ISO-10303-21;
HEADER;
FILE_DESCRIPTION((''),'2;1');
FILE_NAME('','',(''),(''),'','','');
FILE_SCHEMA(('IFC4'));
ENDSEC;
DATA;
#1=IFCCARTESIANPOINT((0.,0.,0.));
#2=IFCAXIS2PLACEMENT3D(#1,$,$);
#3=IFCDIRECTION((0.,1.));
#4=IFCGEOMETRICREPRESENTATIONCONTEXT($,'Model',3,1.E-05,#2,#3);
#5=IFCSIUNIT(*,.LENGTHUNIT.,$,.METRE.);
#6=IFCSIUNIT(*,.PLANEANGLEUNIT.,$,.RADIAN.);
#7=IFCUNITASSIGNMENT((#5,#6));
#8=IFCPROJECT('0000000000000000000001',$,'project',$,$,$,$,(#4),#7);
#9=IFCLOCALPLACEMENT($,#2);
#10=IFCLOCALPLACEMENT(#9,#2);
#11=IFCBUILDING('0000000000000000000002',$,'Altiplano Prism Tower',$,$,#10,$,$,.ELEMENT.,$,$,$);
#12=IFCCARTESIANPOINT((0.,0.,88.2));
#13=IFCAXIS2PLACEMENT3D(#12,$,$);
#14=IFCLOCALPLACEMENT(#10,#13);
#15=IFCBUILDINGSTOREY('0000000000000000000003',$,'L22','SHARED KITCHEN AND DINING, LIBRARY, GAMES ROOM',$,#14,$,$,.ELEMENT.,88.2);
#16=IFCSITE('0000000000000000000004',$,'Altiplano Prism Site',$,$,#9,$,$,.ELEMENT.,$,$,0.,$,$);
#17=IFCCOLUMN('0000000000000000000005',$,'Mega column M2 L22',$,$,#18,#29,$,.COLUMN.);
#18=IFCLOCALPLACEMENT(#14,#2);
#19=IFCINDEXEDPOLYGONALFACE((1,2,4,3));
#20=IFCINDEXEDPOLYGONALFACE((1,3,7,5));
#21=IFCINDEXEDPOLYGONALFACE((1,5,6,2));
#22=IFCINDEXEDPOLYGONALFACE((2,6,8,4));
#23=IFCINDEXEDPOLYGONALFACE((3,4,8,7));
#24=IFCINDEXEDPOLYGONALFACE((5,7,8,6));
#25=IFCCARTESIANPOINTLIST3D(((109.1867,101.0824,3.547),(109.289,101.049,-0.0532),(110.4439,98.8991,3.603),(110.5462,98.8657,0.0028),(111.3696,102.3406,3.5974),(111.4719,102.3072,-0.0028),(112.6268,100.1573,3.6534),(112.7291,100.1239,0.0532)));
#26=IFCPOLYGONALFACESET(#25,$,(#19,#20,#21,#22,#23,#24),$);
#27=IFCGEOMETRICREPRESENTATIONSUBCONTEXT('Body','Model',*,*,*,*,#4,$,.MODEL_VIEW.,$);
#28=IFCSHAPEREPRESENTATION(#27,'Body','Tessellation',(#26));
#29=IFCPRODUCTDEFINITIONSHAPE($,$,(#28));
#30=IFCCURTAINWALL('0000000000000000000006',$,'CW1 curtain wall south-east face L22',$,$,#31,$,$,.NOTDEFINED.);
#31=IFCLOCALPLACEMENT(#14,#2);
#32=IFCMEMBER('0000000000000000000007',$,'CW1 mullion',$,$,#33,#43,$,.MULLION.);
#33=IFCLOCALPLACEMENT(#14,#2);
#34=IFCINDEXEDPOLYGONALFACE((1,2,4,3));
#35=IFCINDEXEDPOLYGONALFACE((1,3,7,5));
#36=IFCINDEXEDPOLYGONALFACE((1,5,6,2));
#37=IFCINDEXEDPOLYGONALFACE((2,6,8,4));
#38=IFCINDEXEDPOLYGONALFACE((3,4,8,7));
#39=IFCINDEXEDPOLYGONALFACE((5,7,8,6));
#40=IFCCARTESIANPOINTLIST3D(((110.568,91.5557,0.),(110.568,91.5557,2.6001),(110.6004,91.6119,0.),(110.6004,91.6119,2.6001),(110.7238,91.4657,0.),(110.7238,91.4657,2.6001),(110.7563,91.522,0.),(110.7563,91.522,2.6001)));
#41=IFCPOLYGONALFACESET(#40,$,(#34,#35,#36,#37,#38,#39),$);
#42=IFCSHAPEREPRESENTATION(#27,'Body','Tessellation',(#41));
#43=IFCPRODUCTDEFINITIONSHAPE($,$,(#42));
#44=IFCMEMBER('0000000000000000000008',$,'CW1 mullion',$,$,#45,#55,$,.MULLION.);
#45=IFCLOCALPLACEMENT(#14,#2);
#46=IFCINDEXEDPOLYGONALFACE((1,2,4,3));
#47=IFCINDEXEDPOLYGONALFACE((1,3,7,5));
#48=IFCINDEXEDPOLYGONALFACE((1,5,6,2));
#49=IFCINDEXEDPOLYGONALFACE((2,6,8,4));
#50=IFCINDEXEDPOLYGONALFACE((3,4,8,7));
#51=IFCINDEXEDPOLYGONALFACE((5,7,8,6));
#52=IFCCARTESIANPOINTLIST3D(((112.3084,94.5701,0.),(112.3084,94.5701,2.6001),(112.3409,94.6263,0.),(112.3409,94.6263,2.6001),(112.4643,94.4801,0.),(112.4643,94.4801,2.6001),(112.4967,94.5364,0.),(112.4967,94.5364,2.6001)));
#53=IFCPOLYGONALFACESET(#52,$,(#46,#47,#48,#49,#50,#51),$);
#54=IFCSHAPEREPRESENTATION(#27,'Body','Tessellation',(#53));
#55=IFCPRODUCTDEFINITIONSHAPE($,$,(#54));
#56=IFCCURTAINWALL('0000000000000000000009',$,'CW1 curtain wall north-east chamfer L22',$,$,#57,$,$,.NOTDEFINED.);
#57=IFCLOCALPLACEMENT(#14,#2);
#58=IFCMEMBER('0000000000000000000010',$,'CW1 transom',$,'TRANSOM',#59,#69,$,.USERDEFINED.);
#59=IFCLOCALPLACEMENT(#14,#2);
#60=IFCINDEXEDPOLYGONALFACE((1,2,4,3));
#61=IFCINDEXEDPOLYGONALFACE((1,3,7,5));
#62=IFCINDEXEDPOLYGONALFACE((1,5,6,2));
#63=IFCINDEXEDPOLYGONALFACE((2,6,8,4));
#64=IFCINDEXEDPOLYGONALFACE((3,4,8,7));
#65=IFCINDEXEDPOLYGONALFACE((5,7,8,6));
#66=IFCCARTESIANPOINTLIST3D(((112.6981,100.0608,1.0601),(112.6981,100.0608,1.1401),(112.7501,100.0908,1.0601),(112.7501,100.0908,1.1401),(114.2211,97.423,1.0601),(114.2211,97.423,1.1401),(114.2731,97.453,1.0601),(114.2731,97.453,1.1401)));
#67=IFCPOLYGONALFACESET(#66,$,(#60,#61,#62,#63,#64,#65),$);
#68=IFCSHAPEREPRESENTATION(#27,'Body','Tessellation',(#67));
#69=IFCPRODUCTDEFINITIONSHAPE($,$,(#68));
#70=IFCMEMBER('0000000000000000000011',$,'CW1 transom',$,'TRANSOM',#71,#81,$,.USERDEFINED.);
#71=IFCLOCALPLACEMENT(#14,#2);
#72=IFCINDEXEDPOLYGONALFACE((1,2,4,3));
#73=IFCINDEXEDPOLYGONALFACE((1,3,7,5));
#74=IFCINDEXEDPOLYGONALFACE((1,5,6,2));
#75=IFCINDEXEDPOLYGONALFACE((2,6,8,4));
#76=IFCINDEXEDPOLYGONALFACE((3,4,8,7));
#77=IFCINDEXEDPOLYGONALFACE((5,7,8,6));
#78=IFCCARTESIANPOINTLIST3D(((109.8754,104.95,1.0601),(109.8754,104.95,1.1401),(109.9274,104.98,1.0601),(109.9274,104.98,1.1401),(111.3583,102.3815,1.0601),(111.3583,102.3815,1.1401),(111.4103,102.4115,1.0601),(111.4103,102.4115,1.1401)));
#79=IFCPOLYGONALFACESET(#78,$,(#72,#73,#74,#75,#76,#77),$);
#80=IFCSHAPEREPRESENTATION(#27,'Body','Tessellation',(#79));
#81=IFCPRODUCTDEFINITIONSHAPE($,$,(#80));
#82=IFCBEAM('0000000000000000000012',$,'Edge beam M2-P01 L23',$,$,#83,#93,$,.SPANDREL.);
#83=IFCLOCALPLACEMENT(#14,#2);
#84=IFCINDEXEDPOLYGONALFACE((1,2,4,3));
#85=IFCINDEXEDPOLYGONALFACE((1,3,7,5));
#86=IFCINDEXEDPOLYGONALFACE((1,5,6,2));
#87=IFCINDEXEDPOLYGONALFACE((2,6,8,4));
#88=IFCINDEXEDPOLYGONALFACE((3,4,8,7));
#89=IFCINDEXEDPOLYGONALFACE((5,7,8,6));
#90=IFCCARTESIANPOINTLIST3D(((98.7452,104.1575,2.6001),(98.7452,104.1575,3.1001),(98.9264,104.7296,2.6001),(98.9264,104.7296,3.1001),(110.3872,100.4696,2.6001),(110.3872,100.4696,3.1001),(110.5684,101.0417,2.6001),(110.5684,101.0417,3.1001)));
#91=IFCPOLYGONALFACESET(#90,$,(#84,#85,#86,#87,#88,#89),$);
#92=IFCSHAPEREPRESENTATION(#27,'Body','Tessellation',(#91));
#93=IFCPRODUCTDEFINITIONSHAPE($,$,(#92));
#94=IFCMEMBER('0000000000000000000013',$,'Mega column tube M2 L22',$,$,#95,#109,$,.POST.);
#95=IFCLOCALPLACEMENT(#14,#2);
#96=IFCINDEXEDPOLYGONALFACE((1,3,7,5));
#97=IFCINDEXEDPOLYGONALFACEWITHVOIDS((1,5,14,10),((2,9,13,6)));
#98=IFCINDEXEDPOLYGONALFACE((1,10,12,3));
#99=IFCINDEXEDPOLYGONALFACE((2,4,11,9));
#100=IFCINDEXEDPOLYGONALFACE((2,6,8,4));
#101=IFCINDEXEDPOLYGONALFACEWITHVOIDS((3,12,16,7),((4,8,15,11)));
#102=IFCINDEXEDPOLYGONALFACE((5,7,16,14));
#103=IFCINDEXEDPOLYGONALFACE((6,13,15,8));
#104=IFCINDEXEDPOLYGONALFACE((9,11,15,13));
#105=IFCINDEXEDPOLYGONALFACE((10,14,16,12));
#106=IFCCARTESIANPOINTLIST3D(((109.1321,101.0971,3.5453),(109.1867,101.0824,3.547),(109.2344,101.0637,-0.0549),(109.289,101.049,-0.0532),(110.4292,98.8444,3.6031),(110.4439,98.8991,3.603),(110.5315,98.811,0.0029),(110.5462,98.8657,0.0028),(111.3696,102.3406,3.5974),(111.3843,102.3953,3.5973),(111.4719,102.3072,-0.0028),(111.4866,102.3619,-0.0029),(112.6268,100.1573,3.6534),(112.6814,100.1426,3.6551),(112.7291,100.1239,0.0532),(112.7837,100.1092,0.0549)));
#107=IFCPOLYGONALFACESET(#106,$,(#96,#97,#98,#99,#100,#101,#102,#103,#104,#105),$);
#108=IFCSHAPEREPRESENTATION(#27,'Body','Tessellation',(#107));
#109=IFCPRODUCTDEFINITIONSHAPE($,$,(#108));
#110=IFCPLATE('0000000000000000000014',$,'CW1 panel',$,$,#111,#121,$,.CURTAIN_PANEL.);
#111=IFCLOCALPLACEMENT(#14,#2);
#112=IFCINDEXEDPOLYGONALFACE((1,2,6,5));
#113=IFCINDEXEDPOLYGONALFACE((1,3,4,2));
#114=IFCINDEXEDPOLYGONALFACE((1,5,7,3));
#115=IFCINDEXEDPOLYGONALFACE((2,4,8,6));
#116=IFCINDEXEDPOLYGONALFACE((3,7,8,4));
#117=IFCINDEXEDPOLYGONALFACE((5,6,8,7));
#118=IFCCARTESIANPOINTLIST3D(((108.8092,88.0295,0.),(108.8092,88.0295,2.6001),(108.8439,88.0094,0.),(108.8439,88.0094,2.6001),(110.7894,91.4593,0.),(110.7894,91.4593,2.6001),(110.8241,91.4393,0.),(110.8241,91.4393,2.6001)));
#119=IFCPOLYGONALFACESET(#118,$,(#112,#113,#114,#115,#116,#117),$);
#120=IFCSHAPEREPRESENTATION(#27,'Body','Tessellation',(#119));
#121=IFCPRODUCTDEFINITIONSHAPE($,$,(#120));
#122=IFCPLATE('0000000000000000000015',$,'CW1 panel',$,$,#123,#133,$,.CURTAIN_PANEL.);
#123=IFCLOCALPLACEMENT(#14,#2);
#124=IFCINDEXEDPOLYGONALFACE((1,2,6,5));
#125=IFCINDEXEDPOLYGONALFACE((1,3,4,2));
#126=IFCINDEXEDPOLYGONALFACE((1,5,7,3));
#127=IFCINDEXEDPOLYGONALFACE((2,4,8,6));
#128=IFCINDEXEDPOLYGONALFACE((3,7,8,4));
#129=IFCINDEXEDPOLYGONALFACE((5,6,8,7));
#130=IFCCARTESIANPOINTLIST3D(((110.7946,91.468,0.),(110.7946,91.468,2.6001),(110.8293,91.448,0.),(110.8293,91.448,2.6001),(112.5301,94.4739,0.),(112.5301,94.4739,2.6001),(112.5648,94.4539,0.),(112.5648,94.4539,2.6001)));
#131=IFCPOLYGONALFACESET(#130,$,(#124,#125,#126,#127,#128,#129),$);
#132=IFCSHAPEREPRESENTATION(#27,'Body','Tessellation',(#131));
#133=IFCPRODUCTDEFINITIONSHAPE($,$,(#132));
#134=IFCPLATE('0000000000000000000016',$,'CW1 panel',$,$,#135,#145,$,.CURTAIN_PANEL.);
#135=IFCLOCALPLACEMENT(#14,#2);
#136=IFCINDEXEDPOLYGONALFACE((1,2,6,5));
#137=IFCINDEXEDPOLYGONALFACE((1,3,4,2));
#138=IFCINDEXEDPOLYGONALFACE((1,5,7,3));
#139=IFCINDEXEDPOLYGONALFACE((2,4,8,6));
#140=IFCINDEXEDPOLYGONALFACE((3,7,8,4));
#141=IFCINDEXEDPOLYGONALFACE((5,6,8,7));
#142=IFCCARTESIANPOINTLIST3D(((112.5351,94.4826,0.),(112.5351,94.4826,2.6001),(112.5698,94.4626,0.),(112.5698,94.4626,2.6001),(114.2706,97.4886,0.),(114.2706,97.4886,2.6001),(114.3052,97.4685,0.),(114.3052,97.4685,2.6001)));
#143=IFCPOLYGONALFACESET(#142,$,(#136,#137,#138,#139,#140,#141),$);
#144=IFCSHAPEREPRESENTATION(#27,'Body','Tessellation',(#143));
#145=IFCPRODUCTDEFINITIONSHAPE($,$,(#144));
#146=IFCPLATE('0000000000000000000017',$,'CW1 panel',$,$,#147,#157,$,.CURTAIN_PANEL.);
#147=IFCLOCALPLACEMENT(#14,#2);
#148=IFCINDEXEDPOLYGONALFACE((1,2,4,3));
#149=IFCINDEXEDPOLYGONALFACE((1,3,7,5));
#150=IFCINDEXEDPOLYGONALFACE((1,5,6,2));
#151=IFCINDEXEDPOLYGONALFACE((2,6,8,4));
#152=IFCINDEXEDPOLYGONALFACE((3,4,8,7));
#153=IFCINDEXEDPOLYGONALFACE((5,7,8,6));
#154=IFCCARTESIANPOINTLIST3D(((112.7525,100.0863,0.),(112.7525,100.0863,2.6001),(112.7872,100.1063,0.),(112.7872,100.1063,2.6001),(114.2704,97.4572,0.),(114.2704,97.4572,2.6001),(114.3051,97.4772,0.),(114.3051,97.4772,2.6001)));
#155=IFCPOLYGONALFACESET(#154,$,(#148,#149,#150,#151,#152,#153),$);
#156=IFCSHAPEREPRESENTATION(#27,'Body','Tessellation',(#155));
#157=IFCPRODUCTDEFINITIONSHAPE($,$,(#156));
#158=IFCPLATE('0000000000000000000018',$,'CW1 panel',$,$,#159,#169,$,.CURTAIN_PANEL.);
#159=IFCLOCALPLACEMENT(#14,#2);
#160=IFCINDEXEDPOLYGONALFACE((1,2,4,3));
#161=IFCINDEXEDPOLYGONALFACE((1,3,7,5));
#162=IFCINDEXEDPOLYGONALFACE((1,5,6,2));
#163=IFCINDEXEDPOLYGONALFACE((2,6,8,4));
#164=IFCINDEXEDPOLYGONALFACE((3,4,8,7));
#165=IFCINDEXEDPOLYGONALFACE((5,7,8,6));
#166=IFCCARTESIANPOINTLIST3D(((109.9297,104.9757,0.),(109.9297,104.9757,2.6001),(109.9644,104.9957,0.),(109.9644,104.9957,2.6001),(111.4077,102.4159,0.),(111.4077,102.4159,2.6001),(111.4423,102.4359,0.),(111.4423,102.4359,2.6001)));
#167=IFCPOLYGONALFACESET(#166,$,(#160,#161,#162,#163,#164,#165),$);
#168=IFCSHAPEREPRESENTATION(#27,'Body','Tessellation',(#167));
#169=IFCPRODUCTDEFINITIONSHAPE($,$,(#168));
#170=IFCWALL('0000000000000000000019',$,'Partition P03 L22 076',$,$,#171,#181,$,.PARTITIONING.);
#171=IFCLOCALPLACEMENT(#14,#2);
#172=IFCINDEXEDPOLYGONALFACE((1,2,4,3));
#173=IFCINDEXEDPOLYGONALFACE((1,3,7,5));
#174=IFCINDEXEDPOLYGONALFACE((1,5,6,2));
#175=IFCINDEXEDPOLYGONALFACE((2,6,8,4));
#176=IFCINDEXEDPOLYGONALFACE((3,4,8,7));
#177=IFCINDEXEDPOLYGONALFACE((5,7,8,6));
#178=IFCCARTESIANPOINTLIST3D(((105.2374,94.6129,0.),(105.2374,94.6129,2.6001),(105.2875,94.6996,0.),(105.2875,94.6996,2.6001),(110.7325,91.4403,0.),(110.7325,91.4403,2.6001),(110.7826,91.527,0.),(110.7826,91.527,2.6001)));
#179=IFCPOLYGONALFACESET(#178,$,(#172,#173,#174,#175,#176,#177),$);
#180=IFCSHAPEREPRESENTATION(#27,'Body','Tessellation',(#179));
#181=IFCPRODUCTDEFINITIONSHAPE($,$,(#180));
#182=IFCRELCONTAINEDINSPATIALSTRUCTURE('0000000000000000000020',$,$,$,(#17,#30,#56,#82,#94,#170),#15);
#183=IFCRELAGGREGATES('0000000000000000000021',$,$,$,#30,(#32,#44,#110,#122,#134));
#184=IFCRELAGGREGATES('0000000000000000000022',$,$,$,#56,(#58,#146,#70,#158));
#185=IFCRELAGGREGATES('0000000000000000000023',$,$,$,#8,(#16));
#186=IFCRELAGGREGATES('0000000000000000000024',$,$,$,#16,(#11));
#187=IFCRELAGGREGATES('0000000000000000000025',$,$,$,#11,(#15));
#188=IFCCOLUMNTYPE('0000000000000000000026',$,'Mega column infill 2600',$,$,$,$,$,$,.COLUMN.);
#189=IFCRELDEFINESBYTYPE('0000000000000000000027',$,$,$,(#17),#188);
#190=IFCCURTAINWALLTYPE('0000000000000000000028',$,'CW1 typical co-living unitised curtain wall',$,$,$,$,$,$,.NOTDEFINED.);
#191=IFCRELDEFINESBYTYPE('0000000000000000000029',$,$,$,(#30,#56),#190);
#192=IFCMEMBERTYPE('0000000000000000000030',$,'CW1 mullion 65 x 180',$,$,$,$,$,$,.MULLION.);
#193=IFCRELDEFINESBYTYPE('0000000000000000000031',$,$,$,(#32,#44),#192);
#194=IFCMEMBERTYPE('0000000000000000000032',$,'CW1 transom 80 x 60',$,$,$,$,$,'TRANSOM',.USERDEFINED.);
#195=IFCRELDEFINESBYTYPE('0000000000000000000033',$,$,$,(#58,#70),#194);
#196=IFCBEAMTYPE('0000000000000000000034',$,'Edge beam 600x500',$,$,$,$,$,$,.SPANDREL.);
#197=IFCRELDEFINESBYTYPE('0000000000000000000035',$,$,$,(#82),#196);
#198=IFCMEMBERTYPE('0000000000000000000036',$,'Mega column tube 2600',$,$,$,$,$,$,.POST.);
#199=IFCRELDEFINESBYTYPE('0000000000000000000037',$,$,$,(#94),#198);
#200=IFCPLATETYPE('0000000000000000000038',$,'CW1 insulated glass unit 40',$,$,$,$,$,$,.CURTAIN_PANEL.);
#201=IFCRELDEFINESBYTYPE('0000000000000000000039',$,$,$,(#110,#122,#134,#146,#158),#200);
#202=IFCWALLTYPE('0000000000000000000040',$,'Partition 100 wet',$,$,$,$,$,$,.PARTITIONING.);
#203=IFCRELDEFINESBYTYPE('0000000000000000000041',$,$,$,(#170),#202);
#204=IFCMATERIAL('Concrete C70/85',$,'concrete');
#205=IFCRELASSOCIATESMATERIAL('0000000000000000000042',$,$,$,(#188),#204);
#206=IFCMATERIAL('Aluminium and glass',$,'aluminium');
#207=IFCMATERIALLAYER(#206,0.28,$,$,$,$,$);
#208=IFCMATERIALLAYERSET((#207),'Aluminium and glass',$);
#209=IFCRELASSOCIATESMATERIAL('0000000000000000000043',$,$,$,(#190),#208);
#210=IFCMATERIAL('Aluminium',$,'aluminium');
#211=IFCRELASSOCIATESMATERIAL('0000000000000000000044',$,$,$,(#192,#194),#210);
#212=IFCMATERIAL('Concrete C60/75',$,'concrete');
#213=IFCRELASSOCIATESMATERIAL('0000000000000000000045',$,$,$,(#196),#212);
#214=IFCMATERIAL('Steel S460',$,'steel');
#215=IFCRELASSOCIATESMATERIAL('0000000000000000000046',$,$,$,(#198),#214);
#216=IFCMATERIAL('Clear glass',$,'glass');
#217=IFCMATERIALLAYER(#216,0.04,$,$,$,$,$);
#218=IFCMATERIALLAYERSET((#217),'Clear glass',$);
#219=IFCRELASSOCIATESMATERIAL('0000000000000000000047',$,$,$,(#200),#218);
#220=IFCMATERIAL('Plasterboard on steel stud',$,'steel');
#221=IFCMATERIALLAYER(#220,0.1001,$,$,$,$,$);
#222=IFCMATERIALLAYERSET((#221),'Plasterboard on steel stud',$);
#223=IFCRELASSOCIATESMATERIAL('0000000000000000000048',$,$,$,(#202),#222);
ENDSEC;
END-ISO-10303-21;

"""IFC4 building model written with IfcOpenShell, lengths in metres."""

from ifc_helpers import new_model, si_unit, direction, frame, frame_2d, origin, origin_2d, place, context, subcontext, project, spatial, rectangle, hollow_rectangle, extrude, material, layer, layer_set, material_profile, profile_set, type_object, element, aggregate, save


model = new_model("IFC4")

# Units and contexts
model_context = context("Model", 3, precision=1e-05, world=origin(), true_north=direction((0.0, 1.0)))
body_context = subcontext(model_context, "Body", "Model", "MODEL_VIEW")
ifc_project = project(units=[si_unit("LENGTHUNIT", "METRE"), si_unit("PLANEANGLEUNIT", "RADIAN")], contexts=[model_context])

# Site, building, storey
site_placement = place(None, origin())
site = spatial("IfcSite", under=ifc_project, at=site_placement, Name="Altiplano Prism Site", CompositionType="ELEMENT", RefElevation=0.0)
building_placement = place(site_placement, origin())
building = spatial("IfcBuilding", under=site, at=building_placement, Name="Altiplano Prism Tower", CompositionType="ELEMENT")
storey_placement = place(building_placement, frame((0.0, 0.0, 88.2)))
storey = spatial("IfcBuildingStorey", under=building, at=storey_placement, Name="L22", Description="SHARED KITCHEN AND DINING, LIBRARY, GAMES ROOM", CompositionType="ELEMENT", Elevation=88.2)

# Column
ifc_material_1 = material(Name="Concrete C70/85", Category="concrete")
ifc_material_profile_1 = material_profile(ifc_material_1, rectangle(XDim=2.52, YDim=2.52, at=origin_2d()), Name="Mega column infill 2600")
ifc_profile_set_1 = profile_set([ifc_material_profile_1], Name="Concrete C70/85")
column_type = type_object("IfcColumnType", Name="Mega column infill 2600", PredefinedType="COLUMN", material=ifc_profile_set_1)
column_placement = place(storey_placement, frame((111.009, 100.5864, 0.0), z_axis=(-0.028402, 0.009287, 0.999553), x_axis=(0.498886, -0.866382, 0.022225)))
element("IfcColumn", 1, at=column_placement, inside=storey, type_object=column_type, Name="Mega column M2 L22", PredefinedType="COLUMN", context=body_context, shape_type="SweptSolid", body=[
    extrude(rectangle(XDim=2.52, YDim=2.52, at=origin_2d()), origin(), (0.0, 0.0, 1.0), 3.6018),
])

# Curtain walls, members
ifc_material_2 = material(Name="Aluminium and glass", Category="aluminium")
ifc_layer_1 = layer(ifc_material_2, 0.28)
ifc_layer_set_1 = layer_set([ifc_layer_1], Name="Aluminium and glass")
curtain_wall_type = type_object("IfcCurtainWallType", Name="CW1 typical co-living unitised curtain wall", PredefinedType="NOTDEFINED", material=ifc_layer_set_1)
curtain_wall_1_placement = place(storey_placement, origin())
curtain_wall_1 = element("IfcCurtainWall", 2, at=curtain_wall_1_placement, inside=storey, type_object=curtain_wall_type, Name="CW1 curtain wall south-east face L22", PredefinedType="NOTDEFINED")
ifc_material_3 = material(Name="Aluminium", Category="aluminium")
ifc_material_profile_2 = material_profile(ifc_material_3, rectangle(XDim=0.1799, YDim=0.0649, at=origin_2d()), Name="CW1 mullion 65 x 180")
ifc_profile_set_2 = profile_set([ifc_material_profile_2], Name="Aluminium")
member_type_1 = type_object("IfcMemberType", Name="CW1 mullion 65 x 180", PredefinedType="MULLION", material=ifc_profile_set_2)
member_1_placement = place(storey_placement, frame((110.6621, 91.5388, 0.0), z_axis=(0.0, 0.0, 1.0), x_axis=(-0.866025, 0.5, 0.0)))
member_1 = element("IfcMember", 3, at=member_1_placement, type_object=member_type_1, Name="CW1 mullion", PredefinedType="MULLION", context=body_context, shape_type="SweptSolid", body=[
    extrude(rectangle(XDim=0.1799, YDim=0.0649, at=origin_2d()), origin(), (0.0, 0.0, 1.0), 2.6001),
])
member_2_placement = place(storey_placement, frame((112.4026, 94.5532, 0.0), z_axis=(0.0, 0.0, 1.0), x_axis=(-0.866025, 0.5, 0.0)))
member_2 = element("IfcMember", 4, at=member_2_placement, type_object=member_type_1, Name="CW1 mullion", PredefinedType="MULLION", context=body_context, shape_type="SweptSolid", body=[
    extrude(rectangle(XDim=0.1799, YDim=0.0649, at=origin_2d()), origin(), (0.0, 0.0, 1.0), 2.6001),
])
curtain_wall_2_placement = place(storey_placement, origin())
curtain_wall_2 = element("IfcCurtainWall", 5, at=curtain_wall_2_placement, inside=storey, type_object=curtain_wall_type, Name="CW1 curtain wall north-east chamfer L22", PredefinedType="NOTDEFINED")
ifc_material_profile_3 = material_profile(ifc_material_3, rectangle(XDim=0.0601, YDim=0.0801, at=origin_2d()), Name="CW1 transom 80 x 60")
ifc_profile_set_3 = profile_set([ifc_material_profile_3], Name="Aluminium")
member_type_2 = type_object("IfcMemberType", Name="CW1 transom 80 x 60", ElementType="TRANSOM", PredefinedType="USERDEFINED", material=ifc_profile_set_3)
member_3_placement = place(storey_placement, frame((114.2471, 97.438, 1.1001), z_axis=(-0.500018, 0.866015, 0.0), x_axis=(-0.866015, -0.500018, 0.0)))
member_3 = element("IfcMember", 6, at=member_3_placement, type_object=member_type_2, Name="CW1 transom", ObjectType="TRANSOM", PredefinedType="USERDEFINED", context=body_context, shape_type="SweptSolid", body=[
    extrude(rectangle(XDim=0.0601, YDim=0.0801, at=origin_2d()), origin(), (0.0, 0.0, 1.0), 3.0459),
])
member_4_placement = place(storey_placement, frame((111.3843, 102.3965, 1.1001), z_axis=(-0.499981, 0.866036, 0.0), x_axis=(-0.866036, -0.499981, 0.0)))
member_4 = element("IfcMember", 7, at=member_4_placement, type_object=member_type_2, Name="CW1 transom", ObjectType="TRANSOM", PredefinedType="USERDEFINED", context=body_context, shape_type="SweptSolid", body=[
    extrude(rectangle(XDim=0.0601, YDim=0.0801, at=origin_2d()), origin(), (0.0, 0.0, 1.0), 2.9658),
])

# Beam
ifc_material_4 = material(Name="Concrete C60/75", Category="concrete")
ifc_material_profile_4 = material_profile(ifc_material_4, rectangle(XDim=0.6001, YDim=0.5, at=origin_2d()), Name="Edge beam 600x500")
ifc_profile_set_4 = profile_set([ifc_material_profile_4], Name="Concrete C60/75")
beam_type = type_object("IfcBeamType", Name="Edge beam 600x500", PredefinedType="SPANDREL", material=ifc_profile_set_4)
beam_placement = place(storey_placement, frame((110.4778, 100.7556, 2.8501), z_axis=(-0.953311, 0.30199, 0.0), x_axis=(-0.30199, -0.953311, 0.0)))
element("IfcBeam", 8, at=beam_placement, inside=storey, type_object=beam_type, Name="Edge beam M2-P01 L23", PredefinedType="SPANDREL", context=body_context, shape_type="SweptSolid", body=[
    extrude(rectangle(XDim=0.6001, YDim=0.5, at=origin_2d()), origin(), (0.0, 0.0, 1.0), 12.2122),
])

# Member
ifc_material_5 = material(Name="Steel S460", Category="steel")
ifc_material_profile_5 = material_profile(ifc_material_5, hollow_rectangle(XDim=2.6001, YDim=2.6001, WallThickness=0.04, at=origin_2d()), Name="Mega column tube 2600")
ifc_profile_set_5 = profile_set([ifc_material_profile_5], Name="Steel S460")
member_type_3 = type_object("IfcMemberType", Name="Mega column tube 2600", PredefinedType="POST", material=ifc_profile_set_5)
member_5_placement = place(storey_placement, frame((111.009, 100.5864, 0.0), z_axis=(-0.028402, 0.009287, 0.999553), x_axis=(0.498886, -0.866382, 0.022225)))
element("IfcMember", 9, at=member_5_placement, inside=storey, type_object=member_type_3, Name="Mega column tube M2 L22", PredefinedType="POST", context=body_context, shape_type="SweptSolid", body=[
    extrude(hollow_rectangle(XDim=2.6001, YDim=2.6001, WallThickness=0.04, at=origin_2d()), origin(), (0.0, 0.0, 1.0), 3.6018),
])

# Plates
ifc_material_6 = material(Name="Clear glass", Category="glass")
ifc_layer_2 = layer(ifc_material_6, 0.04)
ifc_layer_set_2 = layer_set([ifc_layer_2], Name="Clear glass")
plate_type = type_object("IfcPlateType", Name="CW1 insulated glass unit 40", PredefinedType="CURTAIN_PANEL", material=ifc_layer_set_2)
plate_1_placement = place(storey_placement, frame((109.8167, 89.7344, 0.0), z_axis=(0.0, 0.0, 1.0), x_axis=(0.5, 0.866025, 0.0)))
plate_1 = element("IfcPlate", 10, at=plate_1_placement, type_object=plate_type, Name="CW1 panel", PredefinedType="CURTAIN_PANEL", context=body_context, shape_type="SweptSolid", body=[
    extrude(rectangle(XDim=3.9604, YDim=0.04, at=origin_2d()), origin(), (0.0, 0.0, 1.0), 2.6001),
])
plate_2_placement = place(storey_placement, frame((111.6797, 92.9609, 0.0), z_axis=(0.0, 0.0, 1.0), x_axis=(0.5, 0.866025, 0.0)))
plate_2 = element("IfcPlate", 11, at=plate_2_placement, type_object=plate_type, Name="CW1 panel", PredefinedType="CURTAIN_PANEL", context=body_context, shape_type="SweptSolid", body=[
    extrude(rectangle(XDim=3.4709, YDim=0.04, at=origin_2d()), origin(), (0.0, 0.0, 1.0), 2.6001),
])
plate_3_placement = place(storey_placement, frame((113.4202, 95.9756, 0.0), z_axis=(0.0, 0.0, 1.0), x_axis=(0.5, 0.866025, 0.0)))
plate_3 = element("IfcPlate", 12, at=plate_3_placement, type_object=plate_type, Name="CW1 panel", PredefinedType="CURTAIN_PANEL", context=body_context, shape_type="SweptSolid", body=[
    extrude(rectangle(XDim=3.4709, YDim=0.04, at=origin_2d()), origin(), (0.0, 0.0, 1.0), 2.6001),
])
aggregate(curtain_wall_1, [member_1, member_2, plate_1, plate_2, plate_3])
plate_4_placement = place(storey_placement, frame((113.5288, 98.7817, 0.0), z_axis=(0.0, 0.0, 1.0), x_axis=(-0.5, 0.866025, 0.0)))
plate_4 = element("IfcPlate", 13, at=plate_4_placement, type_object=plate_type, Name="CW1 panel", PredefinedType="CURTAIN_PANEL", context=body_context, shape_type="SweptSolid", body=[
    extrude(rectangle(XDim=3.0359, YDim=0.04, at=origin_2d()), origin(), (0.0, 0.0, 1.0), 2.6001),
])
plate_5_placement = place(storey_placement, frame((110.686, 103.7058, 0.0), z_axis=(0.0, 0.0, 1.0), x_axis=(-0.5, 0.866025, 0.0)))
plate_5 = element("IfcPlate", 14, at=plate_5_placement, type_object=plate_type, Name="CW1 panel", PredefinedType="CURTAIN_PANEL", context=body_context, shape_type="SweptSolid", body=[
    extrude(rectangle(XDim=2.9558, YDim=0.04, at=origin_2d()), origin(), (0.0, 0.0, 1.0), 2.6001),
])
aggregate(curtain_wall_2, [member_3, plate_4, member_4, plate_5])

# Wall
ifc_material_7 = material(Name="Plasterboard on steel stud", Category="steel")
ifc_layer_3 = layer(ifc_material_7, 0.1001)
ifc_layer_set_3 = layer_set([ifc_layer_3], Name="Plasterboard on steel stud")
wall_type_1 = type_object("IfcWallType", Name="Partition 100 wet", PredefinedType="PARTITIONING", material=ifc_layer_set_3)
wall_1_placement = place(storey_placement, frame((110.7576, 91.4836, 0.0), z_axis=(0.0, 0.0, 1.0), x_axis=(-0.866025, 0.5, 0.0)))
element("IfcWall", 15, at=wall_1_placement, inside=storey, type_object=wall_type_1, Name="Partition P03 L22 076", PredefinedType="PARTITIONING", context=body_context, shape_type="SweptSolid", body=[
    extrude(rectangle(XDim=6.3452, YDim=0.1001, at=frame_2d((3.1726, 0.0))), origin(), (0.0, 0.0, 1.0), 2.6001),
])

save(model, "model.ifc")
